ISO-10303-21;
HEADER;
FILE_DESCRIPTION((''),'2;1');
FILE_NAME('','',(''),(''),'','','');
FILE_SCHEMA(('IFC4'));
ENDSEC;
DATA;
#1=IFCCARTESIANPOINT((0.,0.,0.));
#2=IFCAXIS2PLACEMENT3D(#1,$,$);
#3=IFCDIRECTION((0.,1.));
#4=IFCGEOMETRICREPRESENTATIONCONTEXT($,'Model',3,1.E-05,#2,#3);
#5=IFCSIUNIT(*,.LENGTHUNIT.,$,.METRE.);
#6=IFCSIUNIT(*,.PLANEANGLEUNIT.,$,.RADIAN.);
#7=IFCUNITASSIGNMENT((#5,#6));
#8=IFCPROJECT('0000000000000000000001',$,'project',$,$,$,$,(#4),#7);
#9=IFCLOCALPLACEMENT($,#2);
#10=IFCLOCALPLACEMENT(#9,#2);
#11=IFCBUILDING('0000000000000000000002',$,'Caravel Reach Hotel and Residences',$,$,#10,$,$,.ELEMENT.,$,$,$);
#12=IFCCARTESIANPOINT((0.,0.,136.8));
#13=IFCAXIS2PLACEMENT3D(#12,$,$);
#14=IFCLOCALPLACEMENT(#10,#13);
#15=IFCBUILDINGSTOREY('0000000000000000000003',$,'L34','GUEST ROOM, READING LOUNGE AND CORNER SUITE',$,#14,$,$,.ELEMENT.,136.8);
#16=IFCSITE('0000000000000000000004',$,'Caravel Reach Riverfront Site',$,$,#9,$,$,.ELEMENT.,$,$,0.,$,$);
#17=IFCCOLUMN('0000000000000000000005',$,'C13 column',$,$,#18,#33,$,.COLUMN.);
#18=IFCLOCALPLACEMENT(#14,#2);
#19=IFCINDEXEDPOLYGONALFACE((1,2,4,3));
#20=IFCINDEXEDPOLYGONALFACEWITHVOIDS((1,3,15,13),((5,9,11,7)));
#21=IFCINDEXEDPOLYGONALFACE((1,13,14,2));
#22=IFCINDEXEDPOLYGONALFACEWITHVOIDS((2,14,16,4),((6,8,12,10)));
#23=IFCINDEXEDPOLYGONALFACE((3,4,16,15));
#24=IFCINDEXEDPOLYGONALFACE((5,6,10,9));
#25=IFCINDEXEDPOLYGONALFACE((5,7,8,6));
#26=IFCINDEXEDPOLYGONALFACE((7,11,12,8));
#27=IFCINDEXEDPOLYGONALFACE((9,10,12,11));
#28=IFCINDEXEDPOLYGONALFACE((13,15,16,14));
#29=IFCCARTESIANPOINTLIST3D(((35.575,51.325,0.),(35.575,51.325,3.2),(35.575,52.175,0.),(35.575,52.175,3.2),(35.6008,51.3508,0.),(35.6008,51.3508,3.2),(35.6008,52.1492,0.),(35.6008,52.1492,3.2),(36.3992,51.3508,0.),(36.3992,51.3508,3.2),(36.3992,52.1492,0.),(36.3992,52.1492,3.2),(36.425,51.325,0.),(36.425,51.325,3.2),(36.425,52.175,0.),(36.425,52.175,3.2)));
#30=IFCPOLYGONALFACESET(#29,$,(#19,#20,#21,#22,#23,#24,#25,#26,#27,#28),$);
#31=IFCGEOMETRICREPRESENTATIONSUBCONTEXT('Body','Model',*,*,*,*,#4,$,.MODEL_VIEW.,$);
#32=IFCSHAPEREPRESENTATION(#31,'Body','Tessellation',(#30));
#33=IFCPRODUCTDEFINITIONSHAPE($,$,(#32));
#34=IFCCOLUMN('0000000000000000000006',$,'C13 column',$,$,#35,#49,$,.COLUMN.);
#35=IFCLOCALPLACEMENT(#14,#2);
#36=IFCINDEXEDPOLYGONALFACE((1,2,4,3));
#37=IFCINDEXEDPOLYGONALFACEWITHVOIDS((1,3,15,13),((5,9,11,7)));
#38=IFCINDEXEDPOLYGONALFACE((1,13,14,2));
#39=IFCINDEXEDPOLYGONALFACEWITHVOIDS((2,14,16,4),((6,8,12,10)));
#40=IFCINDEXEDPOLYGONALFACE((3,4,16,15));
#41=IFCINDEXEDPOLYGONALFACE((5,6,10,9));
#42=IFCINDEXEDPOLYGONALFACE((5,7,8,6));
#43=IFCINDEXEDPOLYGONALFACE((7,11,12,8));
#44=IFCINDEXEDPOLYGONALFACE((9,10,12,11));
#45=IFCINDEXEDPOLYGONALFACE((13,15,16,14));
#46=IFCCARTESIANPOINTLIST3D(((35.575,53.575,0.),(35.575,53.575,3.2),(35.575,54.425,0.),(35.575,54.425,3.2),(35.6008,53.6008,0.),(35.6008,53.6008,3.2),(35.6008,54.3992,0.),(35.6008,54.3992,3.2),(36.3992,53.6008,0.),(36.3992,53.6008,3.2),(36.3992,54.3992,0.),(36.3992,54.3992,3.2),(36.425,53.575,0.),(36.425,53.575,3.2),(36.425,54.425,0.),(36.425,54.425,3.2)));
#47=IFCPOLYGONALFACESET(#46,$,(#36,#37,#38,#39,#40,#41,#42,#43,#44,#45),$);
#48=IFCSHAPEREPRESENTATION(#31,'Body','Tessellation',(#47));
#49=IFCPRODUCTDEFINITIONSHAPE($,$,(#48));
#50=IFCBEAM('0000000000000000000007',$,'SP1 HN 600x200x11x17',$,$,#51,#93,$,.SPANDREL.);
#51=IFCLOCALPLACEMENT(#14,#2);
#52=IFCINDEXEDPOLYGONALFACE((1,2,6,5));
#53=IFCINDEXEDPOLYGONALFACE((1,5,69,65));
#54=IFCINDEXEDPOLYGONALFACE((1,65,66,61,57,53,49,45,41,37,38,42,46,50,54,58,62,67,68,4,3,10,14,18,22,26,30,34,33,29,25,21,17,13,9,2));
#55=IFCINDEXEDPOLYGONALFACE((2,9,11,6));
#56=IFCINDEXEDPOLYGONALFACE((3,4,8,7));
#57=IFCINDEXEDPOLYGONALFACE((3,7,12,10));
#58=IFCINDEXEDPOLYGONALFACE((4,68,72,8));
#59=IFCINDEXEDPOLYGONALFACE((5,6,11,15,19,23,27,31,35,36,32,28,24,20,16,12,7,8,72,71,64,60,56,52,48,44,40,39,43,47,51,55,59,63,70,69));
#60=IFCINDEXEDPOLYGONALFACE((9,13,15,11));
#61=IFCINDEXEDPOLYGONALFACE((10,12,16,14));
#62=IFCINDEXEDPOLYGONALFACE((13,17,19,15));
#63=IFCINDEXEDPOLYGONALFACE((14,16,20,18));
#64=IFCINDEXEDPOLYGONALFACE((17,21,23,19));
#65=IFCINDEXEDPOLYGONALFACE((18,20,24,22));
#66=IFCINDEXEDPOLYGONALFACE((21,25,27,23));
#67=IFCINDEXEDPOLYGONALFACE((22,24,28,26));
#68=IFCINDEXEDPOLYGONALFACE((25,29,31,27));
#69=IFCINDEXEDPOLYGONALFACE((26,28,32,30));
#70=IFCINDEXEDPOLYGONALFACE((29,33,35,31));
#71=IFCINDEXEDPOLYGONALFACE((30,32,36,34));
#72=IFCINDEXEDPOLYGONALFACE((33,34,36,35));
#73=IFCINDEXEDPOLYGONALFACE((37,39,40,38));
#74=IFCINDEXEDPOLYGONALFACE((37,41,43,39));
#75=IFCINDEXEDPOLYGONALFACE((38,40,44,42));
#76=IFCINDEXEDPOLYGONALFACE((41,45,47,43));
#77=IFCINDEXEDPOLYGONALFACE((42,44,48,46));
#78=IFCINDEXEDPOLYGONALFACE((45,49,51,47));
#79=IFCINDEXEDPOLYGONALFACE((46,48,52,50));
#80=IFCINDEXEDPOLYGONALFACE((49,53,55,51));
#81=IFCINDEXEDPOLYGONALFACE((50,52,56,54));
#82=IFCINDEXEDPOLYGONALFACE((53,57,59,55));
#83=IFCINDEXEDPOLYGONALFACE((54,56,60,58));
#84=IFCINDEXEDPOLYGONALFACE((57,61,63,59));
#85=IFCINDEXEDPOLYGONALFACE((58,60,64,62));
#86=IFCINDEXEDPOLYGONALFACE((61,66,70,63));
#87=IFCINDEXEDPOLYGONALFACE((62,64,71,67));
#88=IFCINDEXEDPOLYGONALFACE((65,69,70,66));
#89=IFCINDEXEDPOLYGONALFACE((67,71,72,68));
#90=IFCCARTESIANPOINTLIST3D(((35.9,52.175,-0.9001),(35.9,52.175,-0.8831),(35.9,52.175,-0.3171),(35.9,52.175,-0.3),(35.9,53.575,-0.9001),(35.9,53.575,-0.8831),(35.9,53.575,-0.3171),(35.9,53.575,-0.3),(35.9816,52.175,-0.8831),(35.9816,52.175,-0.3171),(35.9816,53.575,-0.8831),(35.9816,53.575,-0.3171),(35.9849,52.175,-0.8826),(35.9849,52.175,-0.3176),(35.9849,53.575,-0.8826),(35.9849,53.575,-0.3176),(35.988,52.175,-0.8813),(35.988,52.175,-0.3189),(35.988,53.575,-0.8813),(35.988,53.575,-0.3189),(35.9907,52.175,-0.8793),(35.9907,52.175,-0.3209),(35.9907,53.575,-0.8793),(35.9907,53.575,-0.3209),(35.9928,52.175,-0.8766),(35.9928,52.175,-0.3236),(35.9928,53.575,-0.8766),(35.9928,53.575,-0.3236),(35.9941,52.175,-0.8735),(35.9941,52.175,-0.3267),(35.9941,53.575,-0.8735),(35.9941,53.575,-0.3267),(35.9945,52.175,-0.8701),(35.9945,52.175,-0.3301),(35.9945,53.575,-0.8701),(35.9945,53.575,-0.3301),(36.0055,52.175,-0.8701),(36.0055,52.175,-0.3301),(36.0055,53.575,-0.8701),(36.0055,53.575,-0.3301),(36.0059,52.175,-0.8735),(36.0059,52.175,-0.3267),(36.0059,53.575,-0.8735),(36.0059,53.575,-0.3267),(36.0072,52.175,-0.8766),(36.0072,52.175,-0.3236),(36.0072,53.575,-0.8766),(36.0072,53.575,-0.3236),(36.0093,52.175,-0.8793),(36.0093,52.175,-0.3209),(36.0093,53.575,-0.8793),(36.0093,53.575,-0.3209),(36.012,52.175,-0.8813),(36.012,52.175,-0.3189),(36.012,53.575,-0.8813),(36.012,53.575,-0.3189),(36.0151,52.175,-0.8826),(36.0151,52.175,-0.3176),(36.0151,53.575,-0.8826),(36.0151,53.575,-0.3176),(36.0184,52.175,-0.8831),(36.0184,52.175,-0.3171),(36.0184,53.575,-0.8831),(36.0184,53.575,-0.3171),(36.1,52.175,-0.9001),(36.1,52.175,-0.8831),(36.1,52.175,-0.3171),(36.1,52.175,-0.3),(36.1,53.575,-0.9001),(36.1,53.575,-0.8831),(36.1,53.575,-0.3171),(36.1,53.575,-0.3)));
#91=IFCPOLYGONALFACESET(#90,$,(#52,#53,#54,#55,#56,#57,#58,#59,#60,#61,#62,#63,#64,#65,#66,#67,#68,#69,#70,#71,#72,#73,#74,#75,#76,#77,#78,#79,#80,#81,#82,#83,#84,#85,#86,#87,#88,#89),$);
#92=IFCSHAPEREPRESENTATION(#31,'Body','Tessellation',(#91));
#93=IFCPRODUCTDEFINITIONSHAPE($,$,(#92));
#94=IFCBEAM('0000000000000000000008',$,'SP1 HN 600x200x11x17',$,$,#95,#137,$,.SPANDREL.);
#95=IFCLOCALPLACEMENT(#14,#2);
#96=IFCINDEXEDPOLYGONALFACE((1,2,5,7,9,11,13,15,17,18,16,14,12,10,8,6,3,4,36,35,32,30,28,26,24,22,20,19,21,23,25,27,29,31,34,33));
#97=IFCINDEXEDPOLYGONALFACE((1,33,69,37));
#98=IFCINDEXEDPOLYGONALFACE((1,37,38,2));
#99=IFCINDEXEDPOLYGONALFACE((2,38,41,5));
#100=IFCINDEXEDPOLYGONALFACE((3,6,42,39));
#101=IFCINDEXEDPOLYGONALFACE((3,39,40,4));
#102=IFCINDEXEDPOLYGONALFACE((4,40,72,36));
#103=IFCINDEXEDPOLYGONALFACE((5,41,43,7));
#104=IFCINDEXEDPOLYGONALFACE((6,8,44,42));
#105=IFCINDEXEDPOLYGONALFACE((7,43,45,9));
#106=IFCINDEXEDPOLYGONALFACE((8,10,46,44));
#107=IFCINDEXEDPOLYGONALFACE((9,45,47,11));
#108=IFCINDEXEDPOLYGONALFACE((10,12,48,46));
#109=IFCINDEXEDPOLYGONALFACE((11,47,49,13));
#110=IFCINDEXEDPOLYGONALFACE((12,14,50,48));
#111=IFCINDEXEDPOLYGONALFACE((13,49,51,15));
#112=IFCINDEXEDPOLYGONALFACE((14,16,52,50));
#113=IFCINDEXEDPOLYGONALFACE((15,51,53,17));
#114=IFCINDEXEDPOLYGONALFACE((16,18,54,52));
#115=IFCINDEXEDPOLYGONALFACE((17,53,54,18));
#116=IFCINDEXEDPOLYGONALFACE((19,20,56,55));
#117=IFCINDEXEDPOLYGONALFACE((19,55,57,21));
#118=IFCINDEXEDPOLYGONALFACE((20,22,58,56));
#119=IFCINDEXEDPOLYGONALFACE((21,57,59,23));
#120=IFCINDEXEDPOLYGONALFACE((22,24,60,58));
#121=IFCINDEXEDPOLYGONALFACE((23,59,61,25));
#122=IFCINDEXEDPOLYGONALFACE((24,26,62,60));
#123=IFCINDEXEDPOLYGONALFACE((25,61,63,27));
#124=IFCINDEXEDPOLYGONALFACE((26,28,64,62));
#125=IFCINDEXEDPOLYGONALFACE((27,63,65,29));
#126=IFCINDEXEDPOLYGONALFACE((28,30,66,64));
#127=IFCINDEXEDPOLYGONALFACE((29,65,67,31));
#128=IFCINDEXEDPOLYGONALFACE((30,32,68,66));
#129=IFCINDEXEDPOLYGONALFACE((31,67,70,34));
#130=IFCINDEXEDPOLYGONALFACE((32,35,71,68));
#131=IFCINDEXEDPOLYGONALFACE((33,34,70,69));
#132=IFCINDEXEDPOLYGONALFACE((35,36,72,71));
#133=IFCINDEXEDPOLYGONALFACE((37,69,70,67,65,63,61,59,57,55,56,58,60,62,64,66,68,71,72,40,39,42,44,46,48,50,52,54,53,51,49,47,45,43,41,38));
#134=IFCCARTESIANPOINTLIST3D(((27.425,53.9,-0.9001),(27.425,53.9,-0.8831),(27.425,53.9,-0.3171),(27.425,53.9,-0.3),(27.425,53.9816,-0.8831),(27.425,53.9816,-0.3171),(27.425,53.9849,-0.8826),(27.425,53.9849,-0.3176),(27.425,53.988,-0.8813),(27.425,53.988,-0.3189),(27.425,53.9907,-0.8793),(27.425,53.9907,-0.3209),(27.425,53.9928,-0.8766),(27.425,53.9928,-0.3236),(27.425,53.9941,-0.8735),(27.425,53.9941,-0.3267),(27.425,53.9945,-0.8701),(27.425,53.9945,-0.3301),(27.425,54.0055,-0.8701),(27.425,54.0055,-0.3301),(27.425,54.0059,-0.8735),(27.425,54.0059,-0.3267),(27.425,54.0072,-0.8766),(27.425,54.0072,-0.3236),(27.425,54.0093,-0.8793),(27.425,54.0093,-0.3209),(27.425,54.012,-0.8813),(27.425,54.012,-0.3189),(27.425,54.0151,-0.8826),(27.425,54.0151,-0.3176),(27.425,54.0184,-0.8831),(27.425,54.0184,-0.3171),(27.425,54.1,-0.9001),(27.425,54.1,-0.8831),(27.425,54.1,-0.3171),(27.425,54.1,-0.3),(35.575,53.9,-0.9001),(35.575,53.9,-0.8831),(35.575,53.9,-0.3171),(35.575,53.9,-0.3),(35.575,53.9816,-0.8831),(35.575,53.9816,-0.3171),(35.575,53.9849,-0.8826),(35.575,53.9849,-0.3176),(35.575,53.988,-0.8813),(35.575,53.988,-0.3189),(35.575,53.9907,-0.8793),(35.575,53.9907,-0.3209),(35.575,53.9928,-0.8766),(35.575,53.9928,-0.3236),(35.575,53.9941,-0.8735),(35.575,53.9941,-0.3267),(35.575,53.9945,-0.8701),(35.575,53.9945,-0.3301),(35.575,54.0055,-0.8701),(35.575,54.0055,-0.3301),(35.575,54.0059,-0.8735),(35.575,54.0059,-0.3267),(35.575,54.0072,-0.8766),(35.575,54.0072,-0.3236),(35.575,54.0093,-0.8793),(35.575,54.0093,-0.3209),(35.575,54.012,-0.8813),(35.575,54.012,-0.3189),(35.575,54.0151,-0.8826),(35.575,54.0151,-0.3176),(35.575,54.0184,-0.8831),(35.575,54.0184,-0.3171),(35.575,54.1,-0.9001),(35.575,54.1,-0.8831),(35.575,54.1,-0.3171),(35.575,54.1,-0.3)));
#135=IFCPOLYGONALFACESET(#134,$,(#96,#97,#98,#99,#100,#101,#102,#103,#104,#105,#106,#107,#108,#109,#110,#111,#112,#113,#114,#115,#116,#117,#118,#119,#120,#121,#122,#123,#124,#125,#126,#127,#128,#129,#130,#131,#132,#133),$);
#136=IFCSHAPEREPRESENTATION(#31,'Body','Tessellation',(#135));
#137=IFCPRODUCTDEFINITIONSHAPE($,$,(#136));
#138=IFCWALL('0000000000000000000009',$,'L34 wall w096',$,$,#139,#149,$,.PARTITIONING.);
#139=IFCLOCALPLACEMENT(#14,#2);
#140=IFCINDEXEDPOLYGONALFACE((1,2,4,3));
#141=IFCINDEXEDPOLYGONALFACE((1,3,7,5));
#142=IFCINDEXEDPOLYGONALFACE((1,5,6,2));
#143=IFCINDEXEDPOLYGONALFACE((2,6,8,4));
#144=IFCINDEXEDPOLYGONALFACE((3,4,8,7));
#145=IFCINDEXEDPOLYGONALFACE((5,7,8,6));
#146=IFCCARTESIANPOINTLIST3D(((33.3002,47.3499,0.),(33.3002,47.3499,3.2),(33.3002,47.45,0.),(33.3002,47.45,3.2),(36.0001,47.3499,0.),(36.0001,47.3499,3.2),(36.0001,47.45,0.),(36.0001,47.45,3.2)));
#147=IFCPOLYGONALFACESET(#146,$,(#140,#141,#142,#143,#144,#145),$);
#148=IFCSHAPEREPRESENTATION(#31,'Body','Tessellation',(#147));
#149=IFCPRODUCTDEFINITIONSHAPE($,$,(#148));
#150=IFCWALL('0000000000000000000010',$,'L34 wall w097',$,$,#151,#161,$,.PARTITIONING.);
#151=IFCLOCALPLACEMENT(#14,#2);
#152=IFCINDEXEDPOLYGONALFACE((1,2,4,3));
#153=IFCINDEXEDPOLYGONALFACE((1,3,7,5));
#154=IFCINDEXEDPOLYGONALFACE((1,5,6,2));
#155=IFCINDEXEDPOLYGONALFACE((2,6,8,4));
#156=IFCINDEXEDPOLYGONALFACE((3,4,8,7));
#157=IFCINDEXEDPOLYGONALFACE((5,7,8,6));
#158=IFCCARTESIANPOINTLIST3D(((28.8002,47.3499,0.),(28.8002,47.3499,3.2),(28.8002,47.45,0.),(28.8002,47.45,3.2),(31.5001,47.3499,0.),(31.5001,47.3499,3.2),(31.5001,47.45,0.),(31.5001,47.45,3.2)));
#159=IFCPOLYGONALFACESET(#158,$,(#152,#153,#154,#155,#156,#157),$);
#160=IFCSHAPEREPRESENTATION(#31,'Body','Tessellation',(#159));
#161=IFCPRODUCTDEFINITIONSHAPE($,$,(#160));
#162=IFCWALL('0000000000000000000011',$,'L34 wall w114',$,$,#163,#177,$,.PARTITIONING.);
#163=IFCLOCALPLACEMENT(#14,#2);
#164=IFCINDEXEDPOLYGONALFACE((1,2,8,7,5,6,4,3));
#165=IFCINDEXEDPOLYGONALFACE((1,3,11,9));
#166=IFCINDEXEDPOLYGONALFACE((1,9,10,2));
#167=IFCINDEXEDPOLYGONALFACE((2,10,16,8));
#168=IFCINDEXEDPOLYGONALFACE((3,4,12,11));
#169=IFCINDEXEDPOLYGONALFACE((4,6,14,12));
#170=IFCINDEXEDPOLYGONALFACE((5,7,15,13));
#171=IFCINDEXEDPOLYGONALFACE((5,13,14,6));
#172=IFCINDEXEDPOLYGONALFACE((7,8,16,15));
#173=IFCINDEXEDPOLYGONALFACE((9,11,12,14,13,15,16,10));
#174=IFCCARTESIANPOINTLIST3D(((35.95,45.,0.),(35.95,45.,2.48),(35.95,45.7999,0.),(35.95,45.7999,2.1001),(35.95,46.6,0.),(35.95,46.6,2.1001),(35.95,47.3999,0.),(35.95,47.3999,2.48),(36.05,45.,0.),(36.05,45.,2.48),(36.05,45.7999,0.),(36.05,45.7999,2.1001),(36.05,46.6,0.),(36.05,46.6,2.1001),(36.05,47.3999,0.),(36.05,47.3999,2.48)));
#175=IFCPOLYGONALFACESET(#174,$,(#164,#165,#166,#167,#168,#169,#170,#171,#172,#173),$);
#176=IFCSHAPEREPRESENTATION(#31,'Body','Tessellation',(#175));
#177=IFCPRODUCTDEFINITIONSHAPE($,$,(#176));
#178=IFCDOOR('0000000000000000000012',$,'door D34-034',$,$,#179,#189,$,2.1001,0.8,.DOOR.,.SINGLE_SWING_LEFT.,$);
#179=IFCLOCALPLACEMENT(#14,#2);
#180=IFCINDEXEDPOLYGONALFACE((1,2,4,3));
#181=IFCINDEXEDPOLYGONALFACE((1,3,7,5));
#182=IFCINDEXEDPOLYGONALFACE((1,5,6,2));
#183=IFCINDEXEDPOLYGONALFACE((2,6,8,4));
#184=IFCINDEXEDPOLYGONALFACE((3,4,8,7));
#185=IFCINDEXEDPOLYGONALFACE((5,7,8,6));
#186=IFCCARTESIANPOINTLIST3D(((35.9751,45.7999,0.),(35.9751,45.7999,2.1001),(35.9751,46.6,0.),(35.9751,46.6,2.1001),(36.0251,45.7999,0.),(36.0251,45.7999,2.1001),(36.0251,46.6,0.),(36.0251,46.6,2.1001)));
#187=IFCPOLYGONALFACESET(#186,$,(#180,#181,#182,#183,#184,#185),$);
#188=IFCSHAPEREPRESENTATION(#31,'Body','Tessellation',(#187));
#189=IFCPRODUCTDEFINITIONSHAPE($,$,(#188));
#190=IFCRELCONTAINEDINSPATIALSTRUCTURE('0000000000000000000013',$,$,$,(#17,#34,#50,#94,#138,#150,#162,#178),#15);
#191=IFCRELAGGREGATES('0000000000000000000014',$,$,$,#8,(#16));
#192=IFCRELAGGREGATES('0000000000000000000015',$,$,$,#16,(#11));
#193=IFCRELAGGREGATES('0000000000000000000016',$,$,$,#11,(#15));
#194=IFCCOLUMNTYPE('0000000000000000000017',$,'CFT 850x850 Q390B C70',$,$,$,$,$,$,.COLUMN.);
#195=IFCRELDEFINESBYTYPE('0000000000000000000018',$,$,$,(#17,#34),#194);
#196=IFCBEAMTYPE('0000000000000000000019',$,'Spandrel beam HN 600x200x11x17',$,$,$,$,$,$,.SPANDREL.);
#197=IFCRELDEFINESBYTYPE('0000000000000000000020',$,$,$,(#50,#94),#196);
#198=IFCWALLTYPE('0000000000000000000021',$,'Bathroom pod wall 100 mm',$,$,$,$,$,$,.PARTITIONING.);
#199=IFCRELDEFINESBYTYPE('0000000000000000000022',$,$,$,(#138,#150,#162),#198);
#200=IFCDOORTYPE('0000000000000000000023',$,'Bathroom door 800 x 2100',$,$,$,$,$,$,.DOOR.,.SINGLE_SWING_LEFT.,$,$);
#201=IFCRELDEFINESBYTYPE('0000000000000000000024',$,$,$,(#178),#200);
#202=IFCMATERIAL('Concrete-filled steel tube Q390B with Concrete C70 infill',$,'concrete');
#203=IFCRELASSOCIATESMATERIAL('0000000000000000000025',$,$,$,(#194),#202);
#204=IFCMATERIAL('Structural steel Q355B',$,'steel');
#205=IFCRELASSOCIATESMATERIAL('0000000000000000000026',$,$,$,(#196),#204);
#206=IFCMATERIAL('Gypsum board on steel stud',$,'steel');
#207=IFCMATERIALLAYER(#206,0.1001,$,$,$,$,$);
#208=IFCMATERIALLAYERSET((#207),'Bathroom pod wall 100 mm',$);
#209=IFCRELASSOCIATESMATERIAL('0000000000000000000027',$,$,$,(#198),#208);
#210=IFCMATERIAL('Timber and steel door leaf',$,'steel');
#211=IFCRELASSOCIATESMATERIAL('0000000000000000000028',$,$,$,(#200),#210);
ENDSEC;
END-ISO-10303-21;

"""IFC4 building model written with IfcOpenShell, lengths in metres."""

from ifc_helpers import new_model, si_unit, direction, frame, frame_2d, origin, origin_2d, place, context, subcontext, project, spatial, rectangle, hollow_rectangle, i_section, extrude, material, layer, layer_set, material_profile, profile_set, type_object, element, fill, save


model = new_model("IFC4")

# Units and contexts
model_context = context("Model", 3, precision=1e-05, world=origin(), true_north=direction((0.0, 1.0)))
body_context = subcontext(model_context, "Body", "Model", "MODEL_VIEW")
ifc_project = project(units=[si_unit("LENGTHUNIT", "METRE"), si_unit("PLANEANGLEUNIT", "RADIAN")], contexts=[model_context])

# Site, building, storey
site_placement = place(None, origin())
site = spatial("IfcSite", under=ifc_project, at=site_placement, Name="Caravel Reach Riverfront Site", CompositionType="ELEMENT", RefElevation=0.0)
building_placement = place(site_placement, origin())
building = spatial("IfcBuilding", under=site, at=building_placement, Name="Caravel Reach Hotel and Residences", CompositionType="ELEMENT")
storey_placement = place(building_placement, frame((0.0, 0.0, 136.8)))
storey = spatial("IfcBuildingStorey", under=building, at=storey_placement, Name="L34", Description="GUEST ROOM, READING LOUNGE AND CORNER SUITE", CompositionType="ELEMENT", Elevation=136.8)

# Columns
ifc_material_1 = material(Name="Concrete-filled steel tube Q390B with Concrete C70 infill", Category="concrete")
ifc_material_profile_1 = material_profile(ifc_material_1, hollow_rectangle(XDim=0.8501, YDim=0.8501, WallThickness=0.0259, at=origin_2d()), Name="RHS 850x850x26")
ifc_profile_set_1 = profile_set([ifc_material_profile_1], Name="Concrete-filled steel tube Q390B with Concrete C70 infill")
column_type = type_object("IfcColumnType", Name="CFT 850x850 Q390B C70", PredefinedType="COLUMN", material=ifc_profile_set_1)
for number, where, z_axis, x_axis, name in (
    (1, (36.0, 51.75, 0.0), (0.0, 0.0, 1.0), (1.0, 0.0, 0.0), "C13 column"),
    (2, (36.0, 54.0, 0.0), (0.0, 0.0, 1.0), (1.0, 0.0, 0.0), "C13 column"),
):
    element("IfcColumn", number, at=place(storey_placement, frame(where, z_axis=z_axis, x_axis=x_axis)), inside=storey, type_object=column_type, Name=name, PredefinedType="COLUMN", context=body_context, shape_type="SweptSolid", body=[
        extrude(hollow_rectangle(XDim=0.8501, YDim=0.8501, WallThickness=0.0259, at=origin_2d()), origin(), (0.0, 0.0, 1.0), 3.2),
    ])

# Beams
ifc_material_2 = material(Name="Structural steel Q355B", Category="steel")
ifc_material_profile_2 = material_profile(ifc_material_2, i_section(OverallWidth=0.2, OverallDepth=0.6001, WebThickness=0.011, FlangeThickness=0.0171, FilletRadius=0.0129, at=origin_2d()), Name="HN 600x200x11x17")
ifc_profile_set_2 = profile_set([ifc_material_profile_2], Name="Structural steel Q355B")
beam_type = type_object("IfcBeamType", Name="Spandrel beam HN 600x200x11x17", PredefinedType="SPANDREL", material=ifc_profile_set_2)
beam_1_placement = place(storey_placement, frame((36.0, 52.175, -0.6001), z_axis=(0.0, 1.0, 0.0), x_axis=(-1.0, 0.0, 0.0)))
element("IfcBeam", 3, at=beam_1_placement, inside=storey, type_object=beam_type, Name="SP1 HN 600x200x11x17", PredefinedType="SPANDREL", context=body_context, shape_type="SweptSolid", body=[
    extrude(i_section(OverallWidth=0.2, OverallDepth=0.6001, WebThickness=0.011, FlangeThickness=0.0171, FilletRadius=0.0129, at=origin_2d()), origin(), (0.0, 0.0, 1.0), 1.3999),
])
beam_2_placement = place(storey_placement, frame((35.575, 54.0, -0.6001), z_axis=(-1.0, 0.0, 0.0), x_axis=(0.0, -1.0, 0.0)))
element("IfcBeam", 4, at=beam_2_placement, inside=storey, type_object=beam_type, Name="SP1 HN 600x200x11x17", PredefinedType="SPANDREL", context=body_context, shape_type="SweptSolid", body=[
    extrude(i_section(OverallWidth=0.2, OverallDepth=0.6001, WebThickness=0.011, FlangeThickness=0.0171, FilletRadius=0.0129, at=origin_2d()), origin(), (0.0, 0.0, 1.0), 8.1499),
])

# Walls
ifc_material_3 = material(Name="Gypsum board on steel stud", Category="steel")
ifc_layer_1 = layer(ifc_material_3, 0.1001)
ifc_layer_set_1 = layer_set([ifc_layer_1], Name="Bathroom pod wall 100 mm")
wall_type_1 = type_object("IfcWallType", Name="Bathroom pod wall 100 mm", PredefinedType="PARTITIONING", material=ifc_layer_set_1)
for number, where, z_axis, x_axis, name in (
    (5, (33.3, 47.3999, 0.0), (0.0, 0.0, 1.0), (1.0, 0.0, 0.0), "L34 wall w096"),
    (6, (28.8, 47.3999, 0.0), (0.0, 0.0, 1.0), (1.0, 0.0, 0.0), "L34 wall w097"),
):
    element("IfcWall", number, at=place(storey_placement, frame(where, z_axis=z_axis, x_axis=x_axis)), inside=storey, type_object=wall_type_1, Name=name, PredefinedType="PARTITIONING", context=body_context, shape_type="SweptSolid", body=[
        extrude(rectangle(XDim=2.7, YDim=0.1001, at=frame_2d((1.3501, 0.0))), origin(), (0.0, 0.0, 1.0), 3.2),
    ])

# Wall, opening, door
wall_1_placement = place(storey_placement, frame((36.0, 45.0, 0.0), z_axis=(0.0, 0.0, 1.0), x_axis=(0.0, 1.0, 0.0)))
wall_1 = element("IfcWall", 7, at=wall_1_placement, inside=storey, type_object=wall_type_1, Name="L34 wall w114", PredefinedType="PARTITIONING", context=body_context, shape_type="SweptSolid", body=[
    extrude(rectangle(XDim=2.3999, YDim=0.1001, at=frame_2d((1.2, 0.0))), origin(), (0.0, 0.0, 1.0), 2.48),
])
opening_1_placement = place(wall_1_placement, frame((0.8, 0.0, 0.0)))
opening_1 = element("IfcOpeningElement", 8, at=opening_1_placement, cuts=wall_1, PredefinedType="OPENING", context=body_context, shape_type="SweptSolid", body=[
    extrude(rectangle(XDim=0.8, YDim=2.1001, at=frame_2d((0.3999, 1.05))), frame((0.0, 0.0601, 0.0), z_axis=(0.0, -1.0, 0.0), x_axis=(1.0, 0.0, 0.0)), (0.0, 0.0, 1.0), 0.1201),
])
ifc_material_4 = material(Name="Timber and steel door leaf", Category="steel")
door_type_1 = type_object("IfcDoorType", Name="Bathroom door 800 x 2100", OperationType="SINGLE_SWING_LEFT", PredefinedType="DOOR", material=ifc_material_4)
door_1_placement = place(opening_1_placement, origin())
door_1 = element("IfcDoor", 9, at=door_1_placement, inside=storey, type_object=door_type_1, Name="door D34-034", OperationType="SINGLE_SWING_LEFT", OverallHeight=2.1001, OverallWidth=0.8, PredefinedType="DOOR", context=body_context, shape_type="SweptSolid", body=[
    extrude(rectangle(XDim=0.8, YDim=2.1001, at=frame_2d((0.3999, 1.05))), frame((0.0, 0.0249, 0.0), z_axis=(0.0, -1.0, 0.0), x_axis=(1.0, 0.0, 0.0)), (0.0, 0.0, 1.0), 0.05),
])
fill(opening_1, door_1)

save(model, "model.ifc")
